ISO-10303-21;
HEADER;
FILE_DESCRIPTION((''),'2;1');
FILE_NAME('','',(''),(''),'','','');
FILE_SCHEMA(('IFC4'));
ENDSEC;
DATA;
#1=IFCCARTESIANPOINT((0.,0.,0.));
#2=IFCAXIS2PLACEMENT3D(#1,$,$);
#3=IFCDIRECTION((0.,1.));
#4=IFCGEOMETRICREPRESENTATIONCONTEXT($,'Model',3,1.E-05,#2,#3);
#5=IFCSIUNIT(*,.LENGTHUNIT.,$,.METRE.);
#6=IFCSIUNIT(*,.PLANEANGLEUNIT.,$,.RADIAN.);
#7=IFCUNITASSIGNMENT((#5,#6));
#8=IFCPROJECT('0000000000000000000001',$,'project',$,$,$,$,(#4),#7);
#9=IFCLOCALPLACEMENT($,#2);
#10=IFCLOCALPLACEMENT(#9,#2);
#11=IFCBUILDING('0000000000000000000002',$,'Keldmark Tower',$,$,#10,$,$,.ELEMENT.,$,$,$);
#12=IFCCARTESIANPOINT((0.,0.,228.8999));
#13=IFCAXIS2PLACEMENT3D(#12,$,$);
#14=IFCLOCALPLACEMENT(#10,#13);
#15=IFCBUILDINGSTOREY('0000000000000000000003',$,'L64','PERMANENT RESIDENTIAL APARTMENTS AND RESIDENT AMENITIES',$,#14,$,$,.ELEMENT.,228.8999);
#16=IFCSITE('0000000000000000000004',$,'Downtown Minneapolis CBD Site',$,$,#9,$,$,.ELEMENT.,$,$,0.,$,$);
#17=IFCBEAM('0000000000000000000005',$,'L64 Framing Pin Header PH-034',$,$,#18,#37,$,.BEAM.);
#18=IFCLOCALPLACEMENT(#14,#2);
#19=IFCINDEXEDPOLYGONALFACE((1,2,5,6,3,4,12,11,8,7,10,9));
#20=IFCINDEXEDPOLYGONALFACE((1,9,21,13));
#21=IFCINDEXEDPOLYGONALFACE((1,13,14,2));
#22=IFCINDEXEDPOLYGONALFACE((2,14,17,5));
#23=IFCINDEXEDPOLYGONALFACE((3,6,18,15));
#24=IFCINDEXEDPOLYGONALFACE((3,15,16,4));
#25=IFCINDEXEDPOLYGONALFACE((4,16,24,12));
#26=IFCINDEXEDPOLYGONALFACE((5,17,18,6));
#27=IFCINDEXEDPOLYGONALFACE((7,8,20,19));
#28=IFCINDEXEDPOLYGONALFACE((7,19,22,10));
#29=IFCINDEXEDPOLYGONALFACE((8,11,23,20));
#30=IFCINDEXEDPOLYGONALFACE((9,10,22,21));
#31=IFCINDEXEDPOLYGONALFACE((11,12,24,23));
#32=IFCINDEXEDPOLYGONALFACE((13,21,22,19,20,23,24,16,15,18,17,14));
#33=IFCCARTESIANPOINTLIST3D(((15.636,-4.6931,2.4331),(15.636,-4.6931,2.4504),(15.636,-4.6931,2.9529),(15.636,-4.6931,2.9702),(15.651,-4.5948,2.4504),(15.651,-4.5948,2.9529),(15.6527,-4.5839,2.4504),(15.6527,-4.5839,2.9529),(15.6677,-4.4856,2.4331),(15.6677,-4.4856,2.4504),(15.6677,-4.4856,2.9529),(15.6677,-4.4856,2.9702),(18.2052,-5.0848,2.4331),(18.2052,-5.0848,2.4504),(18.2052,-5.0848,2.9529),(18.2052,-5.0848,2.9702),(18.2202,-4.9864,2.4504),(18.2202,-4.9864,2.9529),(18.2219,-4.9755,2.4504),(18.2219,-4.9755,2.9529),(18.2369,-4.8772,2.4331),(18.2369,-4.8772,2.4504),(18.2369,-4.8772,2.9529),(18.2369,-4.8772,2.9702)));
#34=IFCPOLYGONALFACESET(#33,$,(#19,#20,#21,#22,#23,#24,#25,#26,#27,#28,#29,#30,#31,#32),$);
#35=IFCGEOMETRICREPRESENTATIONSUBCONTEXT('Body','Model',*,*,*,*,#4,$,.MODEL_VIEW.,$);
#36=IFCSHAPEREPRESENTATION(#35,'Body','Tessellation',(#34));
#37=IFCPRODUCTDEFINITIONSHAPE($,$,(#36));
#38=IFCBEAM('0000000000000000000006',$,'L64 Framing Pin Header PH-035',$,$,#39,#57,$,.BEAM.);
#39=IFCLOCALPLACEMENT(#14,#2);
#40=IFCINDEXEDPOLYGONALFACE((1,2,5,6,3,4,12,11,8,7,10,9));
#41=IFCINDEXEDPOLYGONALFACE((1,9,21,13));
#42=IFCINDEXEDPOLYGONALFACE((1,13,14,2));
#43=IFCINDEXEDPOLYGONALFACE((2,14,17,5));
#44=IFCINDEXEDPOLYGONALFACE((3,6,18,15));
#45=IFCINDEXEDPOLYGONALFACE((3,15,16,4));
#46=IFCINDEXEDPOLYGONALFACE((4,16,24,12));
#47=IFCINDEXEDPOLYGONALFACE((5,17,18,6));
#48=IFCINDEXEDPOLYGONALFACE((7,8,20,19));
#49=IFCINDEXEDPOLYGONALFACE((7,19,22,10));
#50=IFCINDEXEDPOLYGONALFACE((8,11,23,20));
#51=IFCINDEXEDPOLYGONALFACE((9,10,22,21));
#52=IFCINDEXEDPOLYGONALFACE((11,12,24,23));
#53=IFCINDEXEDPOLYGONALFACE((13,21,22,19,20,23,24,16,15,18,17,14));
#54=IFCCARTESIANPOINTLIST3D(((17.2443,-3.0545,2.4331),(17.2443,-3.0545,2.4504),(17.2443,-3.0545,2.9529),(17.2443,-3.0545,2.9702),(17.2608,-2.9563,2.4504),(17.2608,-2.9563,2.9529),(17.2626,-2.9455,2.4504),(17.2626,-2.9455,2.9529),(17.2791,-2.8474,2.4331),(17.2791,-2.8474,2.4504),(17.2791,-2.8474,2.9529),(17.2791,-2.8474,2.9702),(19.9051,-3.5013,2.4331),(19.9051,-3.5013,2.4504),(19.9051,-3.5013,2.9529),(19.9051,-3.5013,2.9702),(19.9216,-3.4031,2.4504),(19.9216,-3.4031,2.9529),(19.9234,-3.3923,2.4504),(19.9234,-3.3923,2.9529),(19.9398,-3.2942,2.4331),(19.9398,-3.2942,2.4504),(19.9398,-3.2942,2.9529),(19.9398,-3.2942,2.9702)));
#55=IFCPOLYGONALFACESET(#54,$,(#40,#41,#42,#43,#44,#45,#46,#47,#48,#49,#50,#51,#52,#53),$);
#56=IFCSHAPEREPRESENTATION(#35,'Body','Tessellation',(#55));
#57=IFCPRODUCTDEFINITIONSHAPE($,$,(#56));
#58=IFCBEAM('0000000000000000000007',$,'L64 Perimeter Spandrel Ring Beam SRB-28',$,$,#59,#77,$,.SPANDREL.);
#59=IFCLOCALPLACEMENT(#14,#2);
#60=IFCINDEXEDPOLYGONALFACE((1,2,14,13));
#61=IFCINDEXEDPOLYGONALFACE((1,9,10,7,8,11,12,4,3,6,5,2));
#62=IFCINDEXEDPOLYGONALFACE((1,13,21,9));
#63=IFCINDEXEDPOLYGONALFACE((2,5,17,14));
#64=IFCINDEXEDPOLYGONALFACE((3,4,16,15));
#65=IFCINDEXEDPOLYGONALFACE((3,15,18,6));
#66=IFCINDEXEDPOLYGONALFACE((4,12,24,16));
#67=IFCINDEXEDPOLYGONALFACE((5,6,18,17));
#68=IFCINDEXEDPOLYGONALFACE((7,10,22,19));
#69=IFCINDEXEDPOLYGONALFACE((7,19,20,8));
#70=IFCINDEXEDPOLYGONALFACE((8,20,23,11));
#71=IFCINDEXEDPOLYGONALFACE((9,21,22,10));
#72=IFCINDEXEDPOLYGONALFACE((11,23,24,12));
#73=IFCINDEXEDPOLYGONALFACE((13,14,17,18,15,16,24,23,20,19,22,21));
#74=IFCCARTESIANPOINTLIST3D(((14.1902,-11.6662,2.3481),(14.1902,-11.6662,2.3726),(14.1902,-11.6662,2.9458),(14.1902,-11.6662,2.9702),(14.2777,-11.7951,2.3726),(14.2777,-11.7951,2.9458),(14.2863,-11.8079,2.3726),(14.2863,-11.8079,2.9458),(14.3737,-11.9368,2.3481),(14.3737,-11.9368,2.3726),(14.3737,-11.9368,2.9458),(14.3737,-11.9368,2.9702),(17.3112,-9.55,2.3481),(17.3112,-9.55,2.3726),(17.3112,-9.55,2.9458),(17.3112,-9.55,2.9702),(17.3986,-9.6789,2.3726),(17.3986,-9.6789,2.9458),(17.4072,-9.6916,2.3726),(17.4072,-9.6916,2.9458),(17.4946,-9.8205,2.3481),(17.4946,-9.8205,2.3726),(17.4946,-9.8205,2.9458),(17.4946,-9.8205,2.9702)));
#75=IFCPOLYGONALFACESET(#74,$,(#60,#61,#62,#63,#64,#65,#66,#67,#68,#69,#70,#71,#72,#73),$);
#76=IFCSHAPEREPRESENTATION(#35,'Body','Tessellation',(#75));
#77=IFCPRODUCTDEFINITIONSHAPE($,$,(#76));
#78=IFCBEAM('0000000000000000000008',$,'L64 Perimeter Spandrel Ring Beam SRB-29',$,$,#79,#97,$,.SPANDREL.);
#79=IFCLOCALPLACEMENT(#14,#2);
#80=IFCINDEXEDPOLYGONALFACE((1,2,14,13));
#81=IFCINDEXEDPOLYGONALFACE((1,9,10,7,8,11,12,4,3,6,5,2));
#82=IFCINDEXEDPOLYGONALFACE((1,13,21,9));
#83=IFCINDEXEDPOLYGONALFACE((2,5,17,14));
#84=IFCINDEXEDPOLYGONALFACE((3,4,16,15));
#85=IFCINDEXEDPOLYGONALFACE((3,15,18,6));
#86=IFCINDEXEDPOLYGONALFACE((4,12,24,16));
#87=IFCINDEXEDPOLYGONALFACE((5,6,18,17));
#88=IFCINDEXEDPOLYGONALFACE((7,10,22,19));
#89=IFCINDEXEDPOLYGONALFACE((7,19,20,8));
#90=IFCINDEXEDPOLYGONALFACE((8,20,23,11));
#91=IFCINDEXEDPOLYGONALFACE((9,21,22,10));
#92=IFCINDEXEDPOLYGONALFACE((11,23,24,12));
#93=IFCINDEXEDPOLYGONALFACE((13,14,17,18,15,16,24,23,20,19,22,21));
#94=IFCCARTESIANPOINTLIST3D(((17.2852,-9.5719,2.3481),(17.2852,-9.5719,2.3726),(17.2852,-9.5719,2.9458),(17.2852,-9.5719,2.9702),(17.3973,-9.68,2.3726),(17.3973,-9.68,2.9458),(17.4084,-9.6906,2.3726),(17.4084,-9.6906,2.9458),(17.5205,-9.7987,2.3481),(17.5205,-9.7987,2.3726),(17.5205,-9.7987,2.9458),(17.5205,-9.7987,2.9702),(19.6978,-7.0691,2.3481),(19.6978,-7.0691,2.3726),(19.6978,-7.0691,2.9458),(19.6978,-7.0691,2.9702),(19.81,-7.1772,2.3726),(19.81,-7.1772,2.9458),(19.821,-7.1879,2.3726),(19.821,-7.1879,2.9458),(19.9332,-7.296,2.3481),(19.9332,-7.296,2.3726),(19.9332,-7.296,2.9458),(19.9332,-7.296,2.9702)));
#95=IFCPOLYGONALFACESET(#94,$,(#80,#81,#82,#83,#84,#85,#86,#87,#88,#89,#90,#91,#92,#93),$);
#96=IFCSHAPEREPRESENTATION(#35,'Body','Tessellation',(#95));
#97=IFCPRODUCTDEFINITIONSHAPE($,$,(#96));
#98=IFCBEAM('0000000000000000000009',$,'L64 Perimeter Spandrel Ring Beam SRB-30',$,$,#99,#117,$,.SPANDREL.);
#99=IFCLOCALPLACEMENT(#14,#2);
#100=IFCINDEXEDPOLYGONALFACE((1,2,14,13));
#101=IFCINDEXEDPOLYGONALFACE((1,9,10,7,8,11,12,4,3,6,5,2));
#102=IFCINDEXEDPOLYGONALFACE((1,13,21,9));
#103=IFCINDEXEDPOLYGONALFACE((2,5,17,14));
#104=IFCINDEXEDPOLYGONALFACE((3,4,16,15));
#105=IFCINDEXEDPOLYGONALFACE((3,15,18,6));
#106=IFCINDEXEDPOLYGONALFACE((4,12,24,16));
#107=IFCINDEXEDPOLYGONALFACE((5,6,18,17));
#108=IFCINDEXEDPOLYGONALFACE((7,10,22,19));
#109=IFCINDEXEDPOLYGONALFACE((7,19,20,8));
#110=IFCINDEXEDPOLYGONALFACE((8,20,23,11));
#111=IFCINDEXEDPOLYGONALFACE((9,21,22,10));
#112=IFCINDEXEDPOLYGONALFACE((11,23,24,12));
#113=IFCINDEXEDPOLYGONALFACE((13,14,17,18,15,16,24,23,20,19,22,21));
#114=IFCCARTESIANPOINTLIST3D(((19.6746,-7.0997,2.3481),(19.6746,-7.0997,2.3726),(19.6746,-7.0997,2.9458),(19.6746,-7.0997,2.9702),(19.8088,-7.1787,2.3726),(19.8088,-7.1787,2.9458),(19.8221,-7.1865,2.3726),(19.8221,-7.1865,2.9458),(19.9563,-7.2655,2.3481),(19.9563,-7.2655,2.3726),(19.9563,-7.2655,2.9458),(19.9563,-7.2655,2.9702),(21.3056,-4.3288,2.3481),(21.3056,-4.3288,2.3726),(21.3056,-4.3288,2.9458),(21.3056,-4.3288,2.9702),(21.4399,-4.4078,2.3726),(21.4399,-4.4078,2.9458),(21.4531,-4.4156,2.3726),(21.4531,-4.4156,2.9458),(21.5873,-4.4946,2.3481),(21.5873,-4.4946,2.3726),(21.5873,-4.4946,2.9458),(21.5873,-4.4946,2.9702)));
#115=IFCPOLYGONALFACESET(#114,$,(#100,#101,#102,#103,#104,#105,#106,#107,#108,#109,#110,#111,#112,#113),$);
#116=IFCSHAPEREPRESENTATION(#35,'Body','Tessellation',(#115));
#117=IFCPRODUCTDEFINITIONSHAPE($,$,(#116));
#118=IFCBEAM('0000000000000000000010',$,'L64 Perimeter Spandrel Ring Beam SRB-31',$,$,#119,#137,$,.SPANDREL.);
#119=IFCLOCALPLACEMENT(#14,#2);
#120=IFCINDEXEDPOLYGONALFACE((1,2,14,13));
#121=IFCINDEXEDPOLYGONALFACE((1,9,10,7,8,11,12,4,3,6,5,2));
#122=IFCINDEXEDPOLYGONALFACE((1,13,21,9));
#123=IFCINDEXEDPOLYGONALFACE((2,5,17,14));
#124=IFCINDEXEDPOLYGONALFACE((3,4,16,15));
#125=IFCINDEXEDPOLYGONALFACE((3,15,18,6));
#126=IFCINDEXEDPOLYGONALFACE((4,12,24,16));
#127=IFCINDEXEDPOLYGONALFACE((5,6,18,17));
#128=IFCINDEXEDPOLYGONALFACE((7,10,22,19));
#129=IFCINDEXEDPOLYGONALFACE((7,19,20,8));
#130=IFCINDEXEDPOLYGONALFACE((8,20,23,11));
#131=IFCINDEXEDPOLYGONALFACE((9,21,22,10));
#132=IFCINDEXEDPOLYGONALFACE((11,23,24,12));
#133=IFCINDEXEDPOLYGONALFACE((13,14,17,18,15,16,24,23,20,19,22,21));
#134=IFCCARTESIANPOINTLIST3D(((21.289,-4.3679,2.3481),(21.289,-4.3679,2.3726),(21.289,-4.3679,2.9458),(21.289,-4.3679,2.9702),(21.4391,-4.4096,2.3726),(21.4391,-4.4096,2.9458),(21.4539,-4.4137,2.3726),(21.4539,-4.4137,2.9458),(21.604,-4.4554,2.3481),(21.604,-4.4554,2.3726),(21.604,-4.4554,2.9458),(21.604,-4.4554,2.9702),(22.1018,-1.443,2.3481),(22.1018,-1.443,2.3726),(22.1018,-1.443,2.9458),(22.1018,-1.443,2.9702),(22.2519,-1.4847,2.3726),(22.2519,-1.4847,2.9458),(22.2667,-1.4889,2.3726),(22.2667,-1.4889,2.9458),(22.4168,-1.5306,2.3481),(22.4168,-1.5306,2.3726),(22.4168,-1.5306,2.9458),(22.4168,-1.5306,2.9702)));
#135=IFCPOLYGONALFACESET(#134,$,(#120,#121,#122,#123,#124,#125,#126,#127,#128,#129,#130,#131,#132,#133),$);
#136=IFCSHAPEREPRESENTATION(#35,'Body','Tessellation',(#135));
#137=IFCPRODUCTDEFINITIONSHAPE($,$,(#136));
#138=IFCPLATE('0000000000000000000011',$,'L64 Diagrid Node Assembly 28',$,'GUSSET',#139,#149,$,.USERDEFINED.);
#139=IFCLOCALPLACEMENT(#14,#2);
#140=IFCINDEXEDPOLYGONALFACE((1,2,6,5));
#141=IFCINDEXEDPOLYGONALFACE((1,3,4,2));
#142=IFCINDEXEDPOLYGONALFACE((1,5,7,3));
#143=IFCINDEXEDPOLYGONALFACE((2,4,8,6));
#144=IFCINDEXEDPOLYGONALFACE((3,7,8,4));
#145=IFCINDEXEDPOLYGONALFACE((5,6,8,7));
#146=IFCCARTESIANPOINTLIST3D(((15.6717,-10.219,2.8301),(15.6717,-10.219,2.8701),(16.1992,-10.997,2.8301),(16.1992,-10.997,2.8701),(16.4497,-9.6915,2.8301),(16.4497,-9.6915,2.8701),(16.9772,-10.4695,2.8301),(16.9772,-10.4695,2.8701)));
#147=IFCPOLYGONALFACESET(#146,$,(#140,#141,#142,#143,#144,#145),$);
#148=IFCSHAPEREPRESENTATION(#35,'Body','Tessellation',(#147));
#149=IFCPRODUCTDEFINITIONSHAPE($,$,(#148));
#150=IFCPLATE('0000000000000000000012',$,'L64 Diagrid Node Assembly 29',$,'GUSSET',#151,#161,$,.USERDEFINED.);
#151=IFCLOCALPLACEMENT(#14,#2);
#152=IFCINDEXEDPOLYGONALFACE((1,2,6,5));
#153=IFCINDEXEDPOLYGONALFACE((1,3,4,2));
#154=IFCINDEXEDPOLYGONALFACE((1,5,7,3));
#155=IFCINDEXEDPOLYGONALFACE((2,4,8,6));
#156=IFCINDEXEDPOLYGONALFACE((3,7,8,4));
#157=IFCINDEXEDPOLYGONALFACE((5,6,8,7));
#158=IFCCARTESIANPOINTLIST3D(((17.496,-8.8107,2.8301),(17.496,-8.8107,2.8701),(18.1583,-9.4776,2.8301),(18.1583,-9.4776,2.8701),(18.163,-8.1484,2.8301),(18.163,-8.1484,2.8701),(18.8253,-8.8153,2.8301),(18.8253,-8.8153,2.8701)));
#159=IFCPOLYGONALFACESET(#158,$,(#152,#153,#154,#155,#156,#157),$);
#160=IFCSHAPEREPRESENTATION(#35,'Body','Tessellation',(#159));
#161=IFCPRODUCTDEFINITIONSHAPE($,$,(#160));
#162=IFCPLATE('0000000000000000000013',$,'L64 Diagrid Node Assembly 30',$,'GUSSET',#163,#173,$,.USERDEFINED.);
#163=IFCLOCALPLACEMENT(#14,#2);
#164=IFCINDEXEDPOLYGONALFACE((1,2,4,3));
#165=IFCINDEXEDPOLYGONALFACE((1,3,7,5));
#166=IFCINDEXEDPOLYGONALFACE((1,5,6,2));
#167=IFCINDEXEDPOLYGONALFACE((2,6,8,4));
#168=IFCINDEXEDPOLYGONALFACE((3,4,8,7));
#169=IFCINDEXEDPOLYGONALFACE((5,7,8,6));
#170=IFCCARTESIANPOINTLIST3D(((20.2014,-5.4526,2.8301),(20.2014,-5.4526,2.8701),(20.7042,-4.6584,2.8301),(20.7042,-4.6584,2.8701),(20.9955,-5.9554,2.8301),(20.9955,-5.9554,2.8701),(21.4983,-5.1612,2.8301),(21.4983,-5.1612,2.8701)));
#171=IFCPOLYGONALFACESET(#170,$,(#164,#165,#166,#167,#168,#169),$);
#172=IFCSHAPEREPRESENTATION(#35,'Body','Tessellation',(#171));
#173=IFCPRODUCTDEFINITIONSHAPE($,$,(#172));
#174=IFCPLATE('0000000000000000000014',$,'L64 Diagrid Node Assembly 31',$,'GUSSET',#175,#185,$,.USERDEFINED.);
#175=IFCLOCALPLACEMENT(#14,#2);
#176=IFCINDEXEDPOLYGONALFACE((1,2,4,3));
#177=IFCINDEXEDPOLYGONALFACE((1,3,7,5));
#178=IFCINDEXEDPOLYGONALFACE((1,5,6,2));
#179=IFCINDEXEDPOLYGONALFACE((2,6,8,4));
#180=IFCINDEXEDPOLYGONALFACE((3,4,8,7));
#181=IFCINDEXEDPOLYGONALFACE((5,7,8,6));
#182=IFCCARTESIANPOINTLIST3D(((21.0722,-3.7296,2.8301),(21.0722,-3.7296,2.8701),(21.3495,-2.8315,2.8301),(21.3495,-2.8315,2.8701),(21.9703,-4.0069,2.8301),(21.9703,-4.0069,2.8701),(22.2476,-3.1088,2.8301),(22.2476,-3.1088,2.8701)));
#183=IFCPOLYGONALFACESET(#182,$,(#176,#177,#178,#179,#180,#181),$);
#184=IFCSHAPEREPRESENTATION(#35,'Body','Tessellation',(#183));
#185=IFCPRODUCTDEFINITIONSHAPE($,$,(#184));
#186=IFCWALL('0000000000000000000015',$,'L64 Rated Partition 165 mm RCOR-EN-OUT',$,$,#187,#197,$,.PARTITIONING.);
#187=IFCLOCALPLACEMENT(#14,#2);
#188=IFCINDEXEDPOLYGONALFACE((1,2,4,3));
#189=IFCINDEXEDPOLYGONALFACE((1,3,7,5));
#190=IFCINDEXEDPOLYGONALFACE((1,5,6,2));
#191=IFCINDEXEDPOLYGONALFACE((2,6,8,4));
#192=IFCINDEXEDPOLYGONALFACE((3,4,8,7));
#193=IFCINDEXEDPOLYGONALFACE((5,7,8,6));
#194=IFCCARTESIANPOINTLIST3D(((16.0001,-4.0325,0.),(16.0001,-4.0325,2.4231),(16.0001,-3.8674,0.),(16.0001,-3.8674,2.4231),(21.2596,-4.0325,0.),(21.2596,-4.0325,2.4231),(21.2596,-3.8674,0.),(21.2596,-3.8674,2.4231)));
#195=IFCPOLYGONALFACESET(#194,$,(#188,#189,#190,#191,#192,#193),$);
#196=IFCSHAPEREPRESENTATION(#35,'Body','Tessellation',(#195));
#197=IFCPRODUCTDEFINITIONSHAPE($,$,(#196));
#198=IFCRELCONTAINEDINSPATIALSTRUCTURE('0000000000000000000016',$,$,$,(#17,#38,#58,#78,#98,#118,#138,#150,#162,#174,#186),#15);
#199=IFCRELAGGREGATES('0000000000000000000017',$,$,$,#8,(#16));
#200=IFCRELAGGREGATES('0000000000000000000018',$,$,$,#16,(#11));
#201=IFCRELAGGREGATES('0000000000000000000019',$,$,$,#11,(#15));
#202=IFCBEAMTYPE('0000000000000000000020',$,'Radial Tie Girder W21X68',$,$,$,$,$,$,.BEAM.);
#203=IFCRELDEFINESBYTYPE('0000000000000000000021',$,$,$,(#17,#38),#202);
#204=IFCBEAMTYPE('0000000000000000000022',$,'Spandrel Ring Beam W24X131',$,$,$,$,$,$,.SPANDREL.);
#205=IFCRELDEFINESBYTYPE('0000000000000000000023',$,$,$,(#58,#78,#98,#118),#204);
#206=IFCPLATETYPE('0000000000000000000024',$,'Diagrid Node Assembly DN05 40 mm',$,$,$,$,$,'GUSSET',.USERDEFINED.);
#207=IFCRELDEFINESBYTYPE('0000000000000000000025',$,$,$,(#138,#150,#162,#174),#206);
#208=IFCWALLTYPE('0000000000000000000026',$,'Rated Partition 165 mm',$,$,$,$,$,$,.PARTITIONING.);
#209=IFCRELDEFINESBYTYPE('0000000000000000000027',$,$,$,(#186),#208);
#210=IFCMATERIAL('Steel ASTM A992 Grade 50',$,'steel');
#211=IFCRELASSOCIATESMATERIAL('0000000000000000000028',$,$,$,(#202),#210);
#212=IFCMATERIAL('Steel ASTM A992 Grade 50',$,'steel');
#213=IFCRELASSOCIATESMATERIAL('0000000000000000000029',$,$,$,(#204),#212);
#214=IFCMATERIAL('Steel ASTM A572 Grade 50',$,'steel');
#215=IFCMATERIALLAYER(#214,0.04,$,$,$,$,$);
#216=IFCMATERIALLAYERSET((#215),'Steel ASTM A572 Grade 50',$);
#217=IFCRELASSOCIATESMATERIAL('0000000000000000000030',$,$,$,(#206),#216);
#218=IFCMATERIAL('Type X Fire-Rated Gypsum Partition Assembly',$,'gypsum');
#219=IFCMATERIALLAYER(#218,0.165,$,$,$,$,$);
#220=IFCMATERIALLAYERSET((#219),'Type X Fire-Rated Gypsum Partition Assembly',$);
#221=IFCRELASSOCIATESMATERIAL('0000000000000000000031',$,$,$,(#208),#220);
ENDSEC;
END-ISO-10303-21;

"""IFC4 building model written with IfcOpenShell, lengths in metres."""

from ifc_helpers import new_model, si_unit, direction, frame, frame_2d, origin, origin_2d, place, context, subcontext, project, spatial, rectangle, i_section, extrude, material, layer, layer_set, material_profile, profile_set, type_object, element, save


model = new_model("IFC4")

# Units and contexts
model_context = context("Model", 3, precision=1e-05, world=origin(), true_north=direction((0.0, 1.0)))
body_context = subcontext(model_context, "Body", "Model", "MODEL_VIEW")
ifc_project = project(units=[si_unit("LENGTHUNIT", "METRE"), si_unit("PLANEANGLEUNIT", "RADIAN")], contexts=[model_context])

# Site, building, storey
site_placement = place(None, origin())
site = spatial("IfcSite", under=ifc_project, at=site_placement, Name="Downtown Minneapolis CBD Site", CompositionType="ELEMENT", RefElevation=0.0)
building_placement = place(site_placement, origin())
building = spatial("IfcBuilding", under=site, at=building_placement, Name="Keldmark Tower", CompositionType="ELEMENT")
storey_placement = place(building_placement, frame((0.0, 0.0, 228.8999)))
storey = spatial("IfcBuildingStorey", under=building, at=storey_placement, Name="L64", Description="PERMANENT RESIDENTIAL APARTMENTS AND RESIDENT AMENITIES", CompositionType="ELEMENT", Elevation=228.8999)

# Beams
ifc_material_1 = material(Name="Steel ASTM A992 Grade 50", Category="steel")
ifc_material_profile_1 = material_profile(ifc_material_1, i_section(OverallWidth=0.21, OverallDepth=0.5371, WebThickness=0.011, FlangeThickness=0.0173, at=origin_2d()), Name="W21X68")
ifc_profile_set_1 = profile_set([ifc_material_profile_1], Name="Steel ASTM A992 Grade 50")
beam_type_1 = type_object("IfcBeamType", Name="Radial Tie Girder W21X68", PredefinedType="BEAM", material=ifc_profile_set_1)
beam_1_placement = place(storey_placement, frame((15.6519, -4.5894, 2.7017), z_axis=(0.988581, -0.150688, 0.0), x_axis=(0.150688, 0.988581, 0.0)))
element("IfcBeam", 1, at=beam_1_placement, inside=storey, type_object=beam_type_1, Name="L64 Framing Pin Header PH-034", PredefinedType="BEAM", context=body_context, shape_type="SweptSolid", body=[
    extrude(i_section(OverallWidth=0.21, OverallDepth=0.5371, WebThickness=0.011, FlangeThickness=0.0173, at=origin_2d()), origin(), (0.0, 0.0, 1.0), 2.5989),
])
beam_2_placement = place(storey_placement, frame((17.2617, -2.9509, 2.7017), z_axis=(0.986193, -0.165602, 0.0), x_axis=(0.165602, 0.986193, 0.0)))
element("IfcBeam", 2, at=beam_2_placement, inside=storey, type_object=beam_type_1, Name="L64 Framing Pin Header PH-035", PredefinedType="BEAM", context=body_context, shape_type="SweptSolid", body=[
    extrude(i_section(OverallWidth=0.21, OverallDepth=0.5371, WebThickness=0.011, FlangeThickness=0.0173, at=origin_2d()), origin(), (0.0, 0.0, 1.0), 2.698),
])
ifc_material_2 = material(Name="Steel ASTM A992 Grade 50", Category="steel")
ifc_material_profile_2 = material_profile(ifc_material_2, i_section(OverallWidth=0.3269, OverallDepth=0.6221, WebThickness=0.0154, FlangeThickness=0.0244, at=origin_2d()), Name="W24X131")
ifc_profile_set_2 = profile_set([ifc_material_profile_2], Name="Steel ASTM A992 Grade 50")
beam_type_2 = type_object("IfcBeamType", Name="Spandrel Ring Beam W24X131", PredefinedType="SPANDREL", material=ifc_profile_set_2)
beam_3_placement = place(storey_placement, frame((14.282, -11.8015, 2.6592), z_axis=(0.827662, 0.561227, 0.0), x_axis=(-0.561227, 0.827662, 0.0)))
element("IfcBeam", 3, at=beam_3_placement, inside=storey, type_object=beam_type_2, Name="L64 Perimeter Spandrel Ring Beam SRB-28", PredefinedType="SPANDREL", context=body_context, shape_type="SweptSolid", body=[
    extrude(i_section(OverallWidth=0.3269, OverallDepth=0.6221, WebThickness=0.0154, FlangeThickness=0.0244, at=origin_2d()), origin(), (0.0, 0.0, 1.0), 3.7708),
])
beam_4_placement = place(storey_placement, frame((17.4028, -9.6853, 2.6592), z_axis=(0.69403, 0.719946, 0.0), x_axis=(-0.719946, 0.69403, 0.0)))
element("IfcBeam", 4, at=beam_4_placement, inside=storey, type_object=beam_type_2, Name="L64 Perimeter Spandrel Ring Beam SRB-29", PredefinedType="SPANDREL", context=body_context, shape_type="SweptSolid", body=[
    extrude(i_section(OverallWidth=0.3269, OverallDepth=0.6221, WebThickness=0.0154, FlangeThickness=0.0244, at=origin_2d()), origin(), (0.0, 0.0, 1.0), 3.4763),
])
beam_5_placement = place(storey_placement, frame((19.8154, -7.1826, 2.6592), z_axis=(0.507276, 0.861784, 0.0), x_axis=(-0.861784, 0.507276, 0.0)))
element("IfcBeam", 5, at=beam_5_placement, inside=storey, type_object=beam_type_2, Name="L64 Perimeter Spandrel Ring Beam SRB-30", PredefinedType="SPANDREL", context=body_context, shape_type="SweptSolid", body=[
    extrude(i_section(OverallWidth=0.3269, OverallDepth=0.6221, WebThickness=0.0154, FlangeThickness=0.0244, at=origin_2d()), origin(), (0.0, 0.0, 1.0), 3.2153),
])
beam_6_placement = place(storey_placement, frame((21.4465, -4.4116, 2.6592), z_axis=(0.267735, 0.963493, 0.0), x_axis=(-0.963493, 0.267735, 0.0)))
element("IfcBeam", 6, at=beam_6_placement, inside=storey, type_object=beam_type_2, Name="L64 Perimeter Spandrel Ring Beam SRB-31", PredefinedType="SPANDREL", context=body_context, shape_type="SweptSolid", body=[
    extrude(i_section(OverallWidth=0.3269, OverallDepth=0.6221, WebThickness=0.0154, FlangeThickness=0.0244, at=origin_2d()), origin(), (0.0, 0.0, 1.0), 3.0356),
])

# Plates
ifc_material_3 = material(Name="Steel ASTM A572 Grade 50", Category="steel")
ifc_layer_1 = layer(ifc_material_3, 0.04)
ifc_layer_set_1 = layer_set([ifc_layer_1], Name="Steel ASTM A572 Grade 50")
plate_type = type_object("IfcPlateType", Name="Diagrid Node Assembly DN05 40 mm", ElementType="GUSSET", PredefinedType="USERDEFINED", material=ifc_layer_set_1)
for number, where, z_axis, x_axis, name in (
    (7, (16.3245, -10.3442, 2.8301), (0.0, 0.0, 1.0), (0.827669, 0.561217, 0.0), "L64 Diagrid Node Assembly 28"),
    (8, (18.1606, -8.813, 2.8301), (0.0, 0.0, 1.0), (0.709571, 0.704634, 0.0), "L64 Diagrid Node Assembly 29"),
    (9, (20.8499, -5.3069, 2.8301), (0.0, 0.0, 1.0), (0.534942, 0.844889, 0.0), "L64 Diagrid Node Assembly 30"),
    (10, (21.6599, -3.4192, 2.8301), (0.0, 0.0, 1.0), (0.295041, 0.955485, 0.0), "L64 Diagrid Node Assembly 31"),
):
    element("IfcPlate", number, at=place(storey_placement, frame(where, z_axis=z_axis, x_axis=x_axis)), inside=storey, type_object=plate_type, Name=name, ObjectType="GUSSET", PredefinedType="USERDEFINED", context=body_context, shape_type="SweptSolid", body=[
        extrude(rectangle(XDim=0.9399, YDim=0.9399, at=origin_2d()), origin(), (0.0, 0.0, 1.0), 0.04),
    ])

# Wall
ifc_material_4 = material(Name="Type X Fire-Rated Gypsum Partition Assembly", Category="gypsum")
ifc_layer_2 = layer(ifc_material_4, 0.165)
ifc_layer_set_2 = layer_set([ifc_layer_2], Name="Type X Fire-Rated Gypsum Partition Assembly")
wall_type_1 = type_object("IfcWallType", Name="Rated Partition 165 mm", PredefinedType="PARTITIONING", material=ifc_layer_set_2)
wall_1_placement = place(storey_placement, frame((16.0, -3.95, 0.0), z_axis=(0.0, 0.0, 1.0), x_axis=(1.0, 0.0, 0.0)))
element("IfcWall", 11, at=wall_1_placement, inside=storey, type_object=wall_type_1, Name="L64 Rated Partition 165 mm RCOR-EN-OUT", PredefinedType="PARTITIONING", context=body_context, shape_type="SweptSolid", body=[
    extrude(rectangle(XDim=5.2595, YDim=0.165, at=frame_2d((2.6299, 0.0))), origin(), (0.0, 0.0, 1.0), 2.4231),
])

save(model, "model.ifc")
